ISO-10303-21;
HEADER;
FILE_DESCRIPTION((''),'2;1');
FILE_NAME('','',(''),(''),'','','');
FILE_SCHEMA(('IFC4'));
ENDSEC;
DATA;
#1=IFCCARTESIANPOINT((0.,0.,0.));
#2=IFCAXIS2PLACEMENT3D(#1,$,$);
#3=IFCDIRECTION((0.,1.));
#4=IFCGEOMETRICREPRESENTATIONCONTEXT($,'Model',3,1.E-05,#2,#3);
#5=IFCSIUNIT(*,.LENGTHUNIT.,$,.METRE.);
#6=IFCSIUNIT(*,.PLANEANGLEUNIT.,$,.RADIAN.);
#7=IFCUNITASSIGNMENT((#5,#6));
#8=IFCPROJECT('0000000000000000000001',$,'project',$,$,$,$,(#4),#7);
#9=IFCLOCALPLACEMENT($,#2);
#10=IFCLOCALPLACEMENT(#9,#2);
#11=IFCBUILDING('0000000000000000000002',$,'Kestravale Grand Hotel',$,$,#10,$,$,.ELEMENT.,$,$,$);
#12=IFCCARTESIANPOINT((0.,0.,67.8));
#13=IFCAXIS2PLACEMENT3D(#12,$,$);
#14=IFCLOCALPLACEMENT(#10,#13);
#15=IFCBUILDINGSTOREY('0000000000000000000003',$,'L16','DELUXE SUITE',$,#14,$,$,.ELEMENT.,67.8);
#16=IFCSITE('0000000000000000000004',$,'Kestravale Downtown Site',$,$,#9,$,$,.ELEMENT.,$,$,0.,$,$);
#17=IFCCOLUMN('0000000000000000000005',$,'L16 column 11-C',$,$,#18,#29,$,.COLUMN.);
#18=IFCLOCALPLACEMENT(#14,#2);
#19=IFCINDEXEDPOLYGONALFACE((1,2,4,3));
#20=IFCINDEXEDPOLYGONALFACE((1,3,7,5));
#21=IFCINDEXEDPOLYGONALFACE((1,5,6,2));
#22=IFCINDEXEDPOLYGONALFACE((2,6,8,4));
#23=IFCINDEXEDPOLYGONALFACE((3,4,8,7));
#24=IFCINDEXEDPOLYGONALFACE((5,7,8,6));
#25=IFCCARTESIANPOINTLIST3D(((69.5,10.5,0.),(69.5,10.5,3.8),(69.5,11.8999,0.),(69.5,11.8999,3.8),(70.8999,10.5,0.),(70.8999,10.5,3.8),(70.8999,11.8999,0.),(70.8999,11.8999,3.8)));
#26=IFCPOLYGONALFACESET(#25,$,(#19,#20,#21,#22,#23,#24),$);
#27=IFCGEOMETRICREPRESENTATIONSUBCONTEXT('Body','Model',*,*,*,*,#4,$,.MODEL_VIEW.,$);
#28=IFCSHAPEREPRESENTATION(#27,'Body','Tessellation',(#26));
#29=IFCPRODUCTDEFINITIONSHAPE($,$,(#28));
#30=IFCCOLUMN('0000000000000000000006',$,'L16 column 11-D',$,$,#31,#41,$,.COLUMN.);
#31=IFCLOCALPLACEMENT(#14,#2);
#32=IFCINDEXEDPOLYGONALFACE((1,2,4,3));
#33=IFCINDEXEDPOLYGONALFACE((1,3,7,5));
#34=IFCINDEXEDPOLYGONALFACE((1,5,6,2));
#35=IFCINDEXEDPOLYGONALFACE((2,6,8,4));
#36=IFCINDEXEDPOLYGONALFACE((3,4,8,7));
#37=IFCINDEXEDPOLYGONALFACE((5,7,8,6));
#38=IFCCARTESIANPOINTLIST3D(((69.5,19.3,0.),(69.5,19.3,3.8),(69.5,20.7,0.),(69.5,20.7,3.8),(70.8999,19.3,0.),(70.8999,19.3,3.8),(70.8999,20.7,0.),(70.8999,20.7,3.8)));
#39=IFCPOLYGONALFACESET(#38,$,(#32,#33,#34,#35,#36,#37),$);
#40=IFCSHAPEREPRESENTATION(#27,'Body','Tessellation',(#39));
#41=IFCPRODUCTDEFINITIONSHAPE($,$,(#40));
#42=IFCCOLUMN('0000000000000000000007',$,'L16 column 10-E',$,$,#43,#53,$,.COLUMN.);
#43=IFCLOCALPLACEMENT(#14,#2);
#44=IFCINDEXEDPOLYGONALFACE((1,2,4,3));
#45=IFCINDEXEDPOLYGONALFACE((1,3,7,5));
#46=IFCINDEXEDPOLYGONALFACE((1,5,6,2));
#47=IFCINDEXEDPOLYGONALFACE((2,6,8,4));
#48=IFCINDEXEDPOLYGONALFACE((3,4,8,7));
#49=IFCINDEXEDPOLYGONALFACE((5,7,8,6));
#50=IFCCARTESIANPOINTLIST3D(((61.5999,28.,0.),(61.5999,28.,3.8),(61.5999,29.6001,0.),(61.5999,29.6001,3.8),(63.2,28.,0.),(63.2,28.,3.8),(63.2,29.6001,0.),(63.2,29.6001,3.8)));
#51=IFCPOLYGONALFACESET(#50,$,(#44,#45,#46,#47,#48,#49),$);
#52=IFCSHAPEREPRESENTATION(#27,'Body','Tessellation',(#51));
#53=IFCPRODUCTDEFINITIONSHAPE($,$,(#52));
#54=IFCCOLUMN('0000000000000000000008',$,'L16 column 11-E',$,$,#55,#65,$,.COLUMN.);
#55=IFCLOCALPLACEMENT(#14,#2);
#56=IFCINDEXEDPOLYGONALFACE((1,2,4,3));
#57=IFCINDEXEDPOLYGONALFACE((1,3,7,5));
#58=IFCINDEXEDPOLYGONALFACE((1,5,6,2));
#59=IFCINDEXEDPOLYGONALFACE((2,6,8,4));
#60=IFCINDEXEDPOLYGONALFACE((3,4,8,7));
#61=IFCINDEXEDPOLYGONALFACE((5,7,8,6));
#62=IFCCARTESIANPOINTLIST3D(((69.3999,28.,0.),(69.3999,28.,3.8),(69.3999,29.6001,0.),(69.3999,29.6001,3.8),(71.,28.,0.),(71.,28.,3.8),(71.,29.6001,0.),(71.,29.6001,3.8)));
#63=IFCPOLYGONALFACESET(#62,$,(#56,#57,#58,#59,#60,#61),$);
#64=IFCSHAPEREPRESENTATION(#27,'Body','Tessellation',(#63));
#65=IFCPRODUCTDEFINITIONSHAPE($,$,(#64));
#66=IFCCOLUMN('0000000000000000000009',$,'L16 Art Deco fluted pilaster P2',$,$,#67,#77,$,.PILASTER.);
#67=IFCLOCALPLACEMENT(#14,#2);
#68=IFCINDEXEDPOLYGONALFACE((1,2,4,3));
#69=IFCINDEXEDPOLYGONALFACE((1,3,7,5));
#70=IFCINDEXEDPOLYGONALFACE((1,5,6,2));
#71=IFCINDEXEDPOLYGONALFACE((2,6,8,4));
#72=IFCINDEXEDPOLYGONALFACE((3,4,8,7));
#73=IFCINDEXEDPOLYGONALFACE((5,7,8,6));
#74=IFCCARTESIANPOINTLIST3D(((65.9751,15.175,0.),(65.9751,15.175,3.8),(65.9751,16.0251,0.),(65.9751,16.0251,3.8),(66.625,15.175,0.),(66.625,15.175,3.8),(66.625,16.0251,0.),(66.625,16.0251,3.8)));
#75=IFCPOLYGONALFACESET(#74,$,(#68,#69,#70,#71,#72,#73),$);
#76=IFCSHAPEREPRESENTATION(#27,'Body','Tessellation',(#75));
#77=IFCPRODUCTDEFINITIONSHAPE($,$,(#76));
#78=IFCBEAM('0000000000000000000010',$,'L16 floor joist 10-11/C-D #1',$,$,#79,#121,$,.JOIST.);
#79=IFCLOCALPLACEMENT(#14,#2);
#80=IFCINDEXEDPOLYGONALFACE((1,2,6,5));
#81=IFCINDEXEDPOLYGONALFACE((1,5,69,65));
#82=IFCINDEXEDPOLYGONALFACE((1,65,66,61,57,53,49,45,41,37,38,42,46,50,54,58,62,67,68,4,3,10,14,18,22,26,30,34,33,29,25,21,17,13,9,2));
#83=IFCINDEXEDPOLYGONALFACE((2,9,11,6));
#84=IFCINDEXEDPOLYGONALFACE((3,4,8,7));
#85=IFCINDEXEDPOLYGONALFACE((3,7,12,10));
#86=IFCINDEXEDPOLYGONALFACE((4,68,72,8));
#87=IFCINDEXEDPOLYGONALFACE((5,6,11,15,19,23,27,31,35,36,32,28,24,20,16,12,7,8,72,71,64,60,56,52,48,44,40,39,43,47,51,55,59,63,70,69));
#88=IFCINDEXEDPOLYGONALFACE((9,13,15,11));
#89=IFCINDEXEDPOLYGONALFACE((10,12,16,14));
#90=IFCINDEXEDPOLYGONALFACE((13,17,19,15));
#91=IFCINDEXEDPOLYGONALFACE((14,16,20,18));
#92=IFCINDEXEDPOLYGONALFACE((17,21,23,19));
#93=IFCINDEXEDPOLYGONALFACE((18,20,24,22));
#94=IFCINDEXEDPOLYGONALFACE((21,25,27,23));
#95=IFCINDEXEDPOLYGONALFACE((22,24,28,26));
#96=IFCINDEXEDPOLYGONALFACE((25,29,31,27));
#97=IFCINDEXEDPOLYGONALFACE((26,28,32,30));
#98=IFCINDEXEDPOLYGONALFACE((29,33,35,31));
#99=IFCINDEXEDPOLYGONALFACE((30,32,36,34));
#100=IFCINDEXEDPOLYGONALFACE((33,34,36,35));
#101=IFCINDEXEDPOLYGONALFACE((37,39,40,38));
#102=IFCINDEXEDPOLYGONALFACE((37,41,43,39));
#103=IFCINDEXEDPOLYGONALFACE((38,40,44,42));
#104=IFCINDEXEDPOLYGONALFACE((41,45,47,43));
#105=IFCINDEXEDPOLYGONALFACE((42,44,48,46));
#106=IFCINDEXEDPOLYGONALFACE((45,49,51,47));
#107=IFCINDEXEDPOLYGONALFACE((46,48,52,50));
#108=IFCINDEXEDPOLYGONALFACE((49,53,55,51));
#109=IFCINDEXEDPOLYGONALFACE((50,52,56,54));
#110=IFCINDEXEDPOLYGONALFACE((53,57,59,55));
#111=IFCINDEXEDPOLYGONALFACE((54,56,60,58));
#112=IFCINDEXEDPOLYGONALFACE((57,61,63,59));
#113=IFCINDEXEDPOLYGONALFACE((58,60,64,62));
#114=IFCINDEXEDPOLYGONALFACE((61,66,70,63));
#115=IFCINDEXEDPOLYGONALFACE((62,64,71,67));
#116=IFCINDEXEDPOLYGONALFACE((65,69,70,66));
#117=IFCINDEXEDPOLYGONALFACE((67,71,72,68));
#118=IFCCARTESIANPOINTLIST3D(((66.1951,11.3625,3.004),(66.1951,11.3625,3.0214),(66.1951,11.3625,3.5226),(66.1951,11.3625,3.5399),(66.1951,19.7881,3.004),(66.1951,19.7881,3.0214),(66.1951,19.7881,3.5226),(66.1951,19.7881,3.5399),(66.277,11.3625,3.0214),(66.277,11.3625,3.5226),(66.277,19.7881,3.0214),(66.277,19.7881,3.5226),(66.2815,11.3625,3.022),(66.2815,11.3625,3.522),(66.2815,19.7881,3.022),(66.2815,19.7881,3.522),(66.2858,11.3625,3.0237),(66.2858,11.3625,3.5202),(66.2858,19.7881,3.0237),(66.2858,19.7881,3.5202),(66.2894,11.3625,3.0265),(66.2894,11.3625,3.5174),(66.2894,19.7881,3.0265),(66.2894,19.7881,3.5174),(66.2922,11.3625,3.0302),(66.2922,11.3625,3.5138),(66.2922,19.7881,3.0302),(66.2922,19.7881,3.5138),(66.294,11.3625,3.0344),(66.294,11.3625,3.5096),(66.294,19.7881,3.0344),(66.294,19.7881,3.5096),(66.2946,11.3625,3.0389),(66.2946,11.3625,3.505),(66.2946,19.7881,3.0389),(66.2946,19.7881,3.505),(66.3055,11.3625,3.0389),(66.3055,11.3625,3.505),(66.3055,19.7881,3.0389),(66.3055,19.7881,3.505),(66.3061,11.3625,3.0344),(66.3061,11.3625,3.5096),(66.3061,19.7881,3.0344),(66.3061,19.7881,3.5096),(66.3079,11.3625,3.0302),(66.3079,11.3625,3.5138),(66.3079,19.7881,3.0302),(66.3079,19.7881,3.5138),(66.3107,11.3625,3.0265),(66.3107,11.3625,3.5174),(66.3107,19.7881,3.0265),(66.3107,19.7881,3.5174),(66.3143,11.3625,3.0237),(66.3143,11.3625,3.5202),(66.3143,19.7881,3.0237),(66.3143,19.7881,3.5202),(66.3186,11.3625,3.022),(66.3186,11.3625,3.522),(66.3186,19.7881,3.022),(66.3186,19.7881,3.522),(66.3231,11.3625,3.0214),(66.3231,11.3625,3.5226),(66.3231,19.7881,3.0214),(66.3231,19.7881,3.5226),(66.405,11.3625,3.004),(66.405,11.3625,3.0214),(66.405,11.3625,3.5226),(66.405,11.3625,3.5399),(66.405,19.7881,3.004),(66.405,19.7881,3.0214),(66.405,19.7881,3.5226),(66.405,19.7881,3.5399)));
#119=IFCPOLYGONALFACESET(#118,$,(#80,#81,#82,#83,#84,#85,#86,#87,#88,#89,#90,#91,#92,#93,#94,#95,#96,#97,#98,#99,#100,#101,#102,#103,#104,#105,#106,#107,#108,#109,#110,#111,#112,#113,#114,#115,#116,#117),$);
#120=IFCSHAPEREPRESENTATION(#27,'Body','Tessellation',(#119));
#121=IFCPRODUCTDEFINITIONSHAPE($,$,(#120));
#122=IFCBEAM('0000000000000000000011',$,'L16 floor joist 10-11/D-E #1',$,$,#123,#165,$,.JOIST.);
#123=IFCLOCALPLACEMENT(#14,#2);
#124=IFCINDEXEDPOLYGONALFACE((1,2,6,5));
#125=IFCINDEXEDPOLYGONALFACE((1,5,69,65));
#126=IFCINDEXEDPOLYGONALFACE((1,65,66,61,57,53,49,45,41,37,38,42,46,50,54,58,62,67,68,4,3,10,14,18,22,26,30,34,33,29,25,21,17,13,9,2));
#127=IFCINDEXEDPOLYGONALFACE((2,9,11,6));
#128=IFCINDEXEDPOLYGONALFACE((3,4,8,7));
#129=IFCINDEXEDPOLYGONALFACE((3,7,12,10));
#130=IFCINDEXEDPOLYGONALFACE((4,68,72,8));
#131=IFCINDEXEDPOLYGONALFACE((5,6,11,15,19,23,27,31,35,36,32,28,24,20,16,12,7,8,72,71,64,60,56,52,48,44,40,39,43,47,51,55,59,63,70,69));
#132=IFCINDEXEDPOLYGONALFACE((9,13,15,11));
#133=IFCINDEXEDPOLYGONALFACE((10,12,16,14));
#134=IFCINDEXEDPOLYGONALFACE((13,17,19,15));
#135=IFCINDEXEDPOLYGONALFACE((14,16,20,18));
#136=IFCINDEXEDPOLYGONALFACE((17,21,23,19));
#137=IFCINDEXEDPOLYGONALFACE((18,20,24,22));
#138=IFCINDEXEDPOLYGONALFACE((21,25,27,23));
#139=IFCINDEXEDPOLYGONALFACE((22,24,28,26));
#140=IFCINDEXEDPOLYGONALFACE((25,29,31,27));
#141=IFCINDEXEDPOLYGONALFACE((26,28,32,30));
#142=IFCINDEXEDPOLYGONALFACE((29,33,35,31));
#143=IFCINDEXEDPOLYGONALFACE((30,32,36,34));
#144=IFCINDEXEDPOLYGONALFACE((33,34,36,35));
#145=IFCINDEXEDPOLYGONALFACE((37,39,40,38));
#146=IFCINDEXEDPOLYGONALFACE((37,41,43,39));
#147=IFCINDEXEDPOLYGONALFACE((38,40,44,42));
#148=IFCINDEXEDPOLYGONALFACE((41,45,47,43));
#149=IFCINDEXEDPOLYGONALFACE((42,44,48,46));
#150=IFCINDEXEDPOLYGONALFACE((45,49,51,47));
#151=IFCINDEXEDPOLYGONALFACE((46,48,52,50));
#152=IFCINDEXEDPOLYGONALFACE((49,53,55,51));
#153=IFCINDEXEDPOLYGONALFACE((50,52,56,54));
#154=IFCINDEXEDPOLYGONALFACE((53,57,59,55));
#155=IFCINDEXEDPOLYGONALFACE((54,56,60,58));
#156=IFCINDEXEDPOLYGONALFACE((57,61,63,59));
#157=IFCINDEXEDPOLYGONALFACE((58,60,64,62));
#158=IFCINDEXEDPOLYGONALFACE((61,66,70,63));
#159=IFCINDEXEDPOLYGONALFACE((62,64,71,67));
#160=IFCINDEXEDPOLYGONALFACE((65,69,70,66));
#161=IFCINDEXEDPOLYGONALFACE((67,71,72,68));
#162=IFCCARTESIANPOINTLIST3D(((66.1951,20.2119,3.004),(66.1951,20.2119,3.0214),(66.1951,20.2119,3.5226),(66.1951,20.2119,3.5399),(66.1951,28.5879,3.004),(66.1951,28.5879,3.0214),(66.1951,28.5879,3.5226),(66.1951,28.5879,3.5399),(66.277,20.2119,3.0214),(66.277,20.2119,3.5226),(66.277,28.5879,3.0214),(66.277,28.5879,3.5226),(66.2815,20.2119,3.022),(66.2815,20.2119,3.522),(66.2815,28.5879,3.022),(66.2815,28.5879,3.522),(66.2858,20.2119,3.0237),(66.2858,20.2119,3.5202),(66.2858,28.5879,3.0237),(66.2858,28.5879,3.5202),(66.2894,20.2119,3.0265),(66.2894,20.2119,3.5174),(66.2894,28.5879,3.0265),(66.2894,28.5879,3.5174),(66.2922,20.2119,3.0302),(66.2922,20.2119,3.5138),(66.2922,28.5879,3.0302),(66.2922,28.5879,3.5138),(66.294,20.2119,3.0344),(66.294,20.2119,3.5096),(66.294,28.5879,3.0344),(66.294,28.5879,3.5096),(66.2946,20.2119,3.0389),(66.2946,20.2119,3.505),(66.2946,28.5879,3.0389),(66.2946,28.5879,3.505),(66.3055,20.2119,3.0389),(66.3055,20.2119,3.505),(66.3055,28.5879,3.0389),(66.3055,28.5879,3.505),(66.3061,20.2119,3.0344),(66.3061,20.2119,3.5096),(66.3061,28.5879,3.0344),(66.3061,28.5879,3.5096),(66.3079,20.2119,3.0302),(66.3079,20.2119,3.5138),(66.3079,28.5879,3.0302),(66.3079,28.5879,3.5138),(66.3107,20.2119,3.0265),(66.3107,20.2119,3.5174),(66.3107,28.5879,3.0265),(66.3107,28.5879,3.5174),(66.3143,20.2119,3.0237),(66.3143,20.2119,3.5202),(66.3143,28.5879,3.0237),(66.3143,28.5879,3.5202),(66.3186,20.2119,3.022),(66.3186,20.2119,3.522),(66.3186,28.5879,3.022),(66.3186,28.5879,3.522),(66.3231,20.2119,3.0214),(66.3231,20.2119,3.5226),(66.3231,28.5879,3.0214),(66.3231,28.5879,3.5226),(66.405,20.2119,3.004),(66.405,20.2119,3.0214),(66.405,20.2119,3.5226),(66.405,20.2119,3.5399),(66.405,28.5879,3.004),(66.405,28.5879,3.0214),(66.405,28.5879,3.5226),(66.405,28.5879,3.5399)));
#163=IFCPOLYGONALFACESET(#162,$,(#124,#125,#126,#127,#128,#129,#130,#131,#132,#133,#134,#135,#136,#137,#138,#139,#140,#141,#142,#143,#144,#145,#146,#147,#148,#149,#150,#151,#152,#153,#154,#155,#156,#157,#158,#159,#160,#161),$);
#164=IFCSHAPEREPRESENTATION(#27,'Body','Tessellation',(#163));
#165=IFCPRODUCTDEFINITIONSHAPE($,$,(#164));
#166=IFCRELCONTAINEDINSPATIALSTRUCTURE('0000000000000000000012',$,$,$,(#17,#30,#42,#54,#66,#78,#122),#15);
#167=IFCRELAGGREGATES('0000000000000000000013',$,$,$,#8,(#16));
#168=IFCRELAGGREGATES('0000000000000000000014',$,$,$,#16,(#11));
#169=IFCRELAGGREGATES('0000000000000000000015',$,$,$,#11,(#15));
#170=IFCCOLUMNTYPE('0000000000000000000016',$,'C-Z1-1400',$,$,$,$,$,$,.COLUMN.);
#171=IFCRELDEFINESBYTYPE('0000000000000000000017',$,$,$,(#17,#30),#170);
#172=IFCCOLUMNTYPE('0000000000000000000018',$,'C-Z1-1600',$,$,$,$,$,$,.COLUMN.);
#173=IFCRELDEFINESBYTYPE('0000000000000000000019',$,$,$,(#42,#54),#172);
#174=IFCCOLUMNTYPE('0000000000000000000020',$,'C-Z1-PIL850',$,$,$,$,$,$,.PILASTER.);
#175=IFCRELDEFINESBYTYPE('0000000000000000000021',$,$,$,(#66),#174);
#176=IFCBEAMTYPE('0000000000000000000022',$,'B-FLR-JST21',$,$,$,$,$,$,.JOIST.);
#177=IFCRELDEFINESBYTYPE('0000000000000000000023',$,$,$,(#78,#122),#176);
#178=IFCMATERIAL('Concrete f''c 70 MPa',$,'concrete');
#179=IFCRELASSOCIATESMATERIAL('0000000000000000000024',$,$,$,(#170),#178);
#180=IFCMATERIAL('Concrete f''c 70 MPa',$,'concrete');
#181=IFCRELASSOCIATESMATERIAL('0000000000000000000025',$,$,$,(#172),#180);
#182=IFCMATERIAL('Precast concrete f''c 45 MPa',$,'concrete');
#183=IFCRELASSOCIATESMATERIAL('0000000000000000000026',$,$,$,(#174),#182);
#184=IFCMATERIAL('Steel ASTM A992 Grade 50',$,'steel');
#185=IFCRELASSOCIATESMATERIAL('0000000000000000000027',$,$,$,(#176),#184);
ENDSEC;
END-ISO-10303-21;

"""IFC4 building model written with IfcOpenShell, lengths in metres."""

from ifc_helpers import new_model, si_unit, direction, frame, origin, origin_2d, place, context, subcontext, project, spatial, rectangle, i_section, extrude, material, material_profile, profile_set, type_object, element, save


model = new_model("IFC4")

# Units and contexts
model_context = context("Model", 3, precision=1e-05, world=origin(), true_north=direction((0.0, 1.0)))
body_context = subcontext(model_context, "Body", "Model", "MODEL_VIEW")
ifc_project = project(units=[si_unit("LENGTHUNIT", "METRE"), si_unit("PLANEANGLEUNIT", "RADIAN")], contexts=[model_context])

# Site, building, storey
site_placement = place(None, origin())
site = spatial("IfcSite", under=ifc_project, at=site_placement, Name="Kestravale Downtown Site", CompositionType="ELEMENT", RefElevation=0.0)
building_placement = place(site_placement, origin())
building = spatial("IfcBuilding", under=site, at=building_placement, Name="Kestravale Grand Hotel", CompositionType="ELEMENT")
storey_placement = place(building_placement, frame((0.0, 0.0, 67.8)))
storey = spatial("IfcBuildingStorey", under=building, at=storey_placement, Name="L16", Description="DELUXE SUITE", CompositionType="ELEMENT", Elevation=67.8)

# Columns
ifc_material_1 = material(Name="Concrete f'c 70 MPa", Category="concrete")
ifc_material_profile_1 = material_profile(ifc_material_1, rectangle(XDim=1.3999, YDim=1.3999, at=origin_2d()))
ifc_profile_set_1 = profile_set([ifc_material_profile_1], Name="Concrete f'c 70 MPa")
column_type_1 = type_object("IfcColumnType", Name="C-Z1-1400", PredefinedType="COLUMN", material=ifc_profile_set_1)
for number, where, z_axis, x_axis, name in (
    (1, (70.2, 11.2, 0.0), (0.0, 0.0, 1.0), (1.0, 0.0, 0.0), "L16 column 11-C"),
    (2, (70.2, 20.0, 0.0), (0.0, 0.0, 1.0), (1.0, 0.0, 0.0), "L16 column 11-D"),
):
    element("IfcColumn", number, at=place(storey_placement, frame(where, z_axis=z_axis, x_axis=x_axis)), inside=storey, type_object=column_type_1, Name=name, PredefinedType="COLUMN", context=body_context, shape_type="SweptSolid", body=[
        extrude(rectangle(XDim=1.3999, YDim=1.3999, at=origin_2d()), origin(), (0.0, 0.0, 1.0), 3.8),
    ])
ifc_material_2 = material(Name="Concrete f'c 70 MPa", Category="concrete")
ifc_material_profile_2 = material_profile(ifc_material_2, rectangle(XDim=1.6001, YDim=1.6001, at=origin_2d()))
ifc_profile_set_2 = profile_set([ifc_material_profile_2], Name="Concrete f'c 70 MPa")
column_type_2 = type_object("IfcColumnType", Name="C-Z1-1600", PredefinedType="COLUMN", material=ifc_profile_set_2)
for number, where, z_axis, x_axis, name in (
    (3, (62.3999, 28.8, 0.0), (0.0, 0.0, 1.0), (1.0, 0.0, 0.0), "L16 column 10-E"),
    (4, (70.2, 28.8, 0.0), (0.0, 0.0, 1.0), (1.0, 0.0, 0.0), "L16 column 11-E"),
):
    element("IfcColumn", number, at=place(storey_placement, frame(where, z_axis=z_axis, x_axis=x_axis)), inside=storey, type_object=column_type_2, Name=name, PredefinedType="COLUMN", context=body_context, shape_type="SweptSolid", body=[
        extrude(rectangle(XDim=1.6001, YDim=1.6001, at=origin_2d()), origin(), (0.0, 0.0, 1.0), 3.8),
    ])
ifc_material_3 = material(Name="Precast concrete f'c 45 MPa", Category="concrete")
ifc_material_profile_3 = material_profile(ifc_material_3, rectangle(XDim=0.6499, YDim=0.8501, at=origin_2d()))
ifc_profile_set_3 = profile_set([ifc_material_profile_3], Name="Precast concrete f'c 45 MPa")
column_type_3 = type_object("IfcColumnType", Name="C-Z1-PIL850", PredefinedType="PILASTER", material=ifc_profile_set_3)
column_placement = place(storey_placement, frame((66.3, 15.6001, 0.0), z_axis=(0.0, 0.0, 1.0), x_axis=(1.0, 0.0, 0.0)))
element("IfcColumn", 5, at=column_placement, inside=storey, type_object=column_type_3, Name="L16 Art Deco fluted pilaster P2", PredefinedType="PILASTER", context=body_context, shape_type="SweptSolid", body=[
    extrude(rectangle(XDim=0.6499, YDim=0.8501, at=origin_2d()), origin(), (0.0, 0.0, 1.0), 3.8),
])

# Beams
ifc_material_4 = material(Name="Steel ASTM A992 Grade 50", Category="steel")
ifc_material_profile_4 = material_profile(ifc_material_4, i_section(OverallWidth=0.21, OverallDepth=0.5359, WebThickness=0.011, FlangeThickness=0.0173, FilletRadius=0.0176, at=origin_2d()))
ifc_profile_set_4 = profile_set([ifc_material_profile_4], Name="Steel ASTM A992 Grade 50")
beam_type_1 = type_object("IfcBeamType", Name="B-FLR-JST21", PredefinedType="JOIST", material=ifc_profile_set_4)
beam_1_placement = place(storey_placement, frame((66.3, 11.3625, 3.272), z_axis=(0.0, 1.0, 0.0), x_axis=(-1.0, 0.0, 0.0)))
element("IfcBeam", 6, at=beam_1_placement, inside=storey, type_object=beam_type_1, Name="L16 floor joist 10-11/C-D #1", PredefinedType="JOIST", context=body_context, shape_type="SweptSolid", body=[
    extrude(i_section(OverallWidth=0.21, OverallDepth=0.5359, WebThickness=0.011, FlangeThickness=0.0173, FilletRadius=0.0176, at=origin_2d()), origin(), (0.0, 0.0, 1.0), 8.4255),
])
beam_2_placement = place(storey_placement, frame((66.3, 20.2119, 3.272), z_axis=(0.0, 1.0, 0.0), x_axis=(-1.0, 0.0, 0.0)))
element("IfcBeam", 7, at=beam_2_placement, inside=storey, type_object=beam_type_1, Name="L16 floor joist 10-11/D-E #1", PredefinedType="JOIST", context=body_context, shape_type="SweptSolid", body=[
    extrude(i_section(OverallWidth=0.21, OverallDepth=0.5359, WebThickness=0.011, FlangeThickness=0.0173, FilletRadius=0.0176, at=origin_2d()), origin(), (0.0, 0.0, 1.0), 8.376),
])

save(model, "model.ifc")
